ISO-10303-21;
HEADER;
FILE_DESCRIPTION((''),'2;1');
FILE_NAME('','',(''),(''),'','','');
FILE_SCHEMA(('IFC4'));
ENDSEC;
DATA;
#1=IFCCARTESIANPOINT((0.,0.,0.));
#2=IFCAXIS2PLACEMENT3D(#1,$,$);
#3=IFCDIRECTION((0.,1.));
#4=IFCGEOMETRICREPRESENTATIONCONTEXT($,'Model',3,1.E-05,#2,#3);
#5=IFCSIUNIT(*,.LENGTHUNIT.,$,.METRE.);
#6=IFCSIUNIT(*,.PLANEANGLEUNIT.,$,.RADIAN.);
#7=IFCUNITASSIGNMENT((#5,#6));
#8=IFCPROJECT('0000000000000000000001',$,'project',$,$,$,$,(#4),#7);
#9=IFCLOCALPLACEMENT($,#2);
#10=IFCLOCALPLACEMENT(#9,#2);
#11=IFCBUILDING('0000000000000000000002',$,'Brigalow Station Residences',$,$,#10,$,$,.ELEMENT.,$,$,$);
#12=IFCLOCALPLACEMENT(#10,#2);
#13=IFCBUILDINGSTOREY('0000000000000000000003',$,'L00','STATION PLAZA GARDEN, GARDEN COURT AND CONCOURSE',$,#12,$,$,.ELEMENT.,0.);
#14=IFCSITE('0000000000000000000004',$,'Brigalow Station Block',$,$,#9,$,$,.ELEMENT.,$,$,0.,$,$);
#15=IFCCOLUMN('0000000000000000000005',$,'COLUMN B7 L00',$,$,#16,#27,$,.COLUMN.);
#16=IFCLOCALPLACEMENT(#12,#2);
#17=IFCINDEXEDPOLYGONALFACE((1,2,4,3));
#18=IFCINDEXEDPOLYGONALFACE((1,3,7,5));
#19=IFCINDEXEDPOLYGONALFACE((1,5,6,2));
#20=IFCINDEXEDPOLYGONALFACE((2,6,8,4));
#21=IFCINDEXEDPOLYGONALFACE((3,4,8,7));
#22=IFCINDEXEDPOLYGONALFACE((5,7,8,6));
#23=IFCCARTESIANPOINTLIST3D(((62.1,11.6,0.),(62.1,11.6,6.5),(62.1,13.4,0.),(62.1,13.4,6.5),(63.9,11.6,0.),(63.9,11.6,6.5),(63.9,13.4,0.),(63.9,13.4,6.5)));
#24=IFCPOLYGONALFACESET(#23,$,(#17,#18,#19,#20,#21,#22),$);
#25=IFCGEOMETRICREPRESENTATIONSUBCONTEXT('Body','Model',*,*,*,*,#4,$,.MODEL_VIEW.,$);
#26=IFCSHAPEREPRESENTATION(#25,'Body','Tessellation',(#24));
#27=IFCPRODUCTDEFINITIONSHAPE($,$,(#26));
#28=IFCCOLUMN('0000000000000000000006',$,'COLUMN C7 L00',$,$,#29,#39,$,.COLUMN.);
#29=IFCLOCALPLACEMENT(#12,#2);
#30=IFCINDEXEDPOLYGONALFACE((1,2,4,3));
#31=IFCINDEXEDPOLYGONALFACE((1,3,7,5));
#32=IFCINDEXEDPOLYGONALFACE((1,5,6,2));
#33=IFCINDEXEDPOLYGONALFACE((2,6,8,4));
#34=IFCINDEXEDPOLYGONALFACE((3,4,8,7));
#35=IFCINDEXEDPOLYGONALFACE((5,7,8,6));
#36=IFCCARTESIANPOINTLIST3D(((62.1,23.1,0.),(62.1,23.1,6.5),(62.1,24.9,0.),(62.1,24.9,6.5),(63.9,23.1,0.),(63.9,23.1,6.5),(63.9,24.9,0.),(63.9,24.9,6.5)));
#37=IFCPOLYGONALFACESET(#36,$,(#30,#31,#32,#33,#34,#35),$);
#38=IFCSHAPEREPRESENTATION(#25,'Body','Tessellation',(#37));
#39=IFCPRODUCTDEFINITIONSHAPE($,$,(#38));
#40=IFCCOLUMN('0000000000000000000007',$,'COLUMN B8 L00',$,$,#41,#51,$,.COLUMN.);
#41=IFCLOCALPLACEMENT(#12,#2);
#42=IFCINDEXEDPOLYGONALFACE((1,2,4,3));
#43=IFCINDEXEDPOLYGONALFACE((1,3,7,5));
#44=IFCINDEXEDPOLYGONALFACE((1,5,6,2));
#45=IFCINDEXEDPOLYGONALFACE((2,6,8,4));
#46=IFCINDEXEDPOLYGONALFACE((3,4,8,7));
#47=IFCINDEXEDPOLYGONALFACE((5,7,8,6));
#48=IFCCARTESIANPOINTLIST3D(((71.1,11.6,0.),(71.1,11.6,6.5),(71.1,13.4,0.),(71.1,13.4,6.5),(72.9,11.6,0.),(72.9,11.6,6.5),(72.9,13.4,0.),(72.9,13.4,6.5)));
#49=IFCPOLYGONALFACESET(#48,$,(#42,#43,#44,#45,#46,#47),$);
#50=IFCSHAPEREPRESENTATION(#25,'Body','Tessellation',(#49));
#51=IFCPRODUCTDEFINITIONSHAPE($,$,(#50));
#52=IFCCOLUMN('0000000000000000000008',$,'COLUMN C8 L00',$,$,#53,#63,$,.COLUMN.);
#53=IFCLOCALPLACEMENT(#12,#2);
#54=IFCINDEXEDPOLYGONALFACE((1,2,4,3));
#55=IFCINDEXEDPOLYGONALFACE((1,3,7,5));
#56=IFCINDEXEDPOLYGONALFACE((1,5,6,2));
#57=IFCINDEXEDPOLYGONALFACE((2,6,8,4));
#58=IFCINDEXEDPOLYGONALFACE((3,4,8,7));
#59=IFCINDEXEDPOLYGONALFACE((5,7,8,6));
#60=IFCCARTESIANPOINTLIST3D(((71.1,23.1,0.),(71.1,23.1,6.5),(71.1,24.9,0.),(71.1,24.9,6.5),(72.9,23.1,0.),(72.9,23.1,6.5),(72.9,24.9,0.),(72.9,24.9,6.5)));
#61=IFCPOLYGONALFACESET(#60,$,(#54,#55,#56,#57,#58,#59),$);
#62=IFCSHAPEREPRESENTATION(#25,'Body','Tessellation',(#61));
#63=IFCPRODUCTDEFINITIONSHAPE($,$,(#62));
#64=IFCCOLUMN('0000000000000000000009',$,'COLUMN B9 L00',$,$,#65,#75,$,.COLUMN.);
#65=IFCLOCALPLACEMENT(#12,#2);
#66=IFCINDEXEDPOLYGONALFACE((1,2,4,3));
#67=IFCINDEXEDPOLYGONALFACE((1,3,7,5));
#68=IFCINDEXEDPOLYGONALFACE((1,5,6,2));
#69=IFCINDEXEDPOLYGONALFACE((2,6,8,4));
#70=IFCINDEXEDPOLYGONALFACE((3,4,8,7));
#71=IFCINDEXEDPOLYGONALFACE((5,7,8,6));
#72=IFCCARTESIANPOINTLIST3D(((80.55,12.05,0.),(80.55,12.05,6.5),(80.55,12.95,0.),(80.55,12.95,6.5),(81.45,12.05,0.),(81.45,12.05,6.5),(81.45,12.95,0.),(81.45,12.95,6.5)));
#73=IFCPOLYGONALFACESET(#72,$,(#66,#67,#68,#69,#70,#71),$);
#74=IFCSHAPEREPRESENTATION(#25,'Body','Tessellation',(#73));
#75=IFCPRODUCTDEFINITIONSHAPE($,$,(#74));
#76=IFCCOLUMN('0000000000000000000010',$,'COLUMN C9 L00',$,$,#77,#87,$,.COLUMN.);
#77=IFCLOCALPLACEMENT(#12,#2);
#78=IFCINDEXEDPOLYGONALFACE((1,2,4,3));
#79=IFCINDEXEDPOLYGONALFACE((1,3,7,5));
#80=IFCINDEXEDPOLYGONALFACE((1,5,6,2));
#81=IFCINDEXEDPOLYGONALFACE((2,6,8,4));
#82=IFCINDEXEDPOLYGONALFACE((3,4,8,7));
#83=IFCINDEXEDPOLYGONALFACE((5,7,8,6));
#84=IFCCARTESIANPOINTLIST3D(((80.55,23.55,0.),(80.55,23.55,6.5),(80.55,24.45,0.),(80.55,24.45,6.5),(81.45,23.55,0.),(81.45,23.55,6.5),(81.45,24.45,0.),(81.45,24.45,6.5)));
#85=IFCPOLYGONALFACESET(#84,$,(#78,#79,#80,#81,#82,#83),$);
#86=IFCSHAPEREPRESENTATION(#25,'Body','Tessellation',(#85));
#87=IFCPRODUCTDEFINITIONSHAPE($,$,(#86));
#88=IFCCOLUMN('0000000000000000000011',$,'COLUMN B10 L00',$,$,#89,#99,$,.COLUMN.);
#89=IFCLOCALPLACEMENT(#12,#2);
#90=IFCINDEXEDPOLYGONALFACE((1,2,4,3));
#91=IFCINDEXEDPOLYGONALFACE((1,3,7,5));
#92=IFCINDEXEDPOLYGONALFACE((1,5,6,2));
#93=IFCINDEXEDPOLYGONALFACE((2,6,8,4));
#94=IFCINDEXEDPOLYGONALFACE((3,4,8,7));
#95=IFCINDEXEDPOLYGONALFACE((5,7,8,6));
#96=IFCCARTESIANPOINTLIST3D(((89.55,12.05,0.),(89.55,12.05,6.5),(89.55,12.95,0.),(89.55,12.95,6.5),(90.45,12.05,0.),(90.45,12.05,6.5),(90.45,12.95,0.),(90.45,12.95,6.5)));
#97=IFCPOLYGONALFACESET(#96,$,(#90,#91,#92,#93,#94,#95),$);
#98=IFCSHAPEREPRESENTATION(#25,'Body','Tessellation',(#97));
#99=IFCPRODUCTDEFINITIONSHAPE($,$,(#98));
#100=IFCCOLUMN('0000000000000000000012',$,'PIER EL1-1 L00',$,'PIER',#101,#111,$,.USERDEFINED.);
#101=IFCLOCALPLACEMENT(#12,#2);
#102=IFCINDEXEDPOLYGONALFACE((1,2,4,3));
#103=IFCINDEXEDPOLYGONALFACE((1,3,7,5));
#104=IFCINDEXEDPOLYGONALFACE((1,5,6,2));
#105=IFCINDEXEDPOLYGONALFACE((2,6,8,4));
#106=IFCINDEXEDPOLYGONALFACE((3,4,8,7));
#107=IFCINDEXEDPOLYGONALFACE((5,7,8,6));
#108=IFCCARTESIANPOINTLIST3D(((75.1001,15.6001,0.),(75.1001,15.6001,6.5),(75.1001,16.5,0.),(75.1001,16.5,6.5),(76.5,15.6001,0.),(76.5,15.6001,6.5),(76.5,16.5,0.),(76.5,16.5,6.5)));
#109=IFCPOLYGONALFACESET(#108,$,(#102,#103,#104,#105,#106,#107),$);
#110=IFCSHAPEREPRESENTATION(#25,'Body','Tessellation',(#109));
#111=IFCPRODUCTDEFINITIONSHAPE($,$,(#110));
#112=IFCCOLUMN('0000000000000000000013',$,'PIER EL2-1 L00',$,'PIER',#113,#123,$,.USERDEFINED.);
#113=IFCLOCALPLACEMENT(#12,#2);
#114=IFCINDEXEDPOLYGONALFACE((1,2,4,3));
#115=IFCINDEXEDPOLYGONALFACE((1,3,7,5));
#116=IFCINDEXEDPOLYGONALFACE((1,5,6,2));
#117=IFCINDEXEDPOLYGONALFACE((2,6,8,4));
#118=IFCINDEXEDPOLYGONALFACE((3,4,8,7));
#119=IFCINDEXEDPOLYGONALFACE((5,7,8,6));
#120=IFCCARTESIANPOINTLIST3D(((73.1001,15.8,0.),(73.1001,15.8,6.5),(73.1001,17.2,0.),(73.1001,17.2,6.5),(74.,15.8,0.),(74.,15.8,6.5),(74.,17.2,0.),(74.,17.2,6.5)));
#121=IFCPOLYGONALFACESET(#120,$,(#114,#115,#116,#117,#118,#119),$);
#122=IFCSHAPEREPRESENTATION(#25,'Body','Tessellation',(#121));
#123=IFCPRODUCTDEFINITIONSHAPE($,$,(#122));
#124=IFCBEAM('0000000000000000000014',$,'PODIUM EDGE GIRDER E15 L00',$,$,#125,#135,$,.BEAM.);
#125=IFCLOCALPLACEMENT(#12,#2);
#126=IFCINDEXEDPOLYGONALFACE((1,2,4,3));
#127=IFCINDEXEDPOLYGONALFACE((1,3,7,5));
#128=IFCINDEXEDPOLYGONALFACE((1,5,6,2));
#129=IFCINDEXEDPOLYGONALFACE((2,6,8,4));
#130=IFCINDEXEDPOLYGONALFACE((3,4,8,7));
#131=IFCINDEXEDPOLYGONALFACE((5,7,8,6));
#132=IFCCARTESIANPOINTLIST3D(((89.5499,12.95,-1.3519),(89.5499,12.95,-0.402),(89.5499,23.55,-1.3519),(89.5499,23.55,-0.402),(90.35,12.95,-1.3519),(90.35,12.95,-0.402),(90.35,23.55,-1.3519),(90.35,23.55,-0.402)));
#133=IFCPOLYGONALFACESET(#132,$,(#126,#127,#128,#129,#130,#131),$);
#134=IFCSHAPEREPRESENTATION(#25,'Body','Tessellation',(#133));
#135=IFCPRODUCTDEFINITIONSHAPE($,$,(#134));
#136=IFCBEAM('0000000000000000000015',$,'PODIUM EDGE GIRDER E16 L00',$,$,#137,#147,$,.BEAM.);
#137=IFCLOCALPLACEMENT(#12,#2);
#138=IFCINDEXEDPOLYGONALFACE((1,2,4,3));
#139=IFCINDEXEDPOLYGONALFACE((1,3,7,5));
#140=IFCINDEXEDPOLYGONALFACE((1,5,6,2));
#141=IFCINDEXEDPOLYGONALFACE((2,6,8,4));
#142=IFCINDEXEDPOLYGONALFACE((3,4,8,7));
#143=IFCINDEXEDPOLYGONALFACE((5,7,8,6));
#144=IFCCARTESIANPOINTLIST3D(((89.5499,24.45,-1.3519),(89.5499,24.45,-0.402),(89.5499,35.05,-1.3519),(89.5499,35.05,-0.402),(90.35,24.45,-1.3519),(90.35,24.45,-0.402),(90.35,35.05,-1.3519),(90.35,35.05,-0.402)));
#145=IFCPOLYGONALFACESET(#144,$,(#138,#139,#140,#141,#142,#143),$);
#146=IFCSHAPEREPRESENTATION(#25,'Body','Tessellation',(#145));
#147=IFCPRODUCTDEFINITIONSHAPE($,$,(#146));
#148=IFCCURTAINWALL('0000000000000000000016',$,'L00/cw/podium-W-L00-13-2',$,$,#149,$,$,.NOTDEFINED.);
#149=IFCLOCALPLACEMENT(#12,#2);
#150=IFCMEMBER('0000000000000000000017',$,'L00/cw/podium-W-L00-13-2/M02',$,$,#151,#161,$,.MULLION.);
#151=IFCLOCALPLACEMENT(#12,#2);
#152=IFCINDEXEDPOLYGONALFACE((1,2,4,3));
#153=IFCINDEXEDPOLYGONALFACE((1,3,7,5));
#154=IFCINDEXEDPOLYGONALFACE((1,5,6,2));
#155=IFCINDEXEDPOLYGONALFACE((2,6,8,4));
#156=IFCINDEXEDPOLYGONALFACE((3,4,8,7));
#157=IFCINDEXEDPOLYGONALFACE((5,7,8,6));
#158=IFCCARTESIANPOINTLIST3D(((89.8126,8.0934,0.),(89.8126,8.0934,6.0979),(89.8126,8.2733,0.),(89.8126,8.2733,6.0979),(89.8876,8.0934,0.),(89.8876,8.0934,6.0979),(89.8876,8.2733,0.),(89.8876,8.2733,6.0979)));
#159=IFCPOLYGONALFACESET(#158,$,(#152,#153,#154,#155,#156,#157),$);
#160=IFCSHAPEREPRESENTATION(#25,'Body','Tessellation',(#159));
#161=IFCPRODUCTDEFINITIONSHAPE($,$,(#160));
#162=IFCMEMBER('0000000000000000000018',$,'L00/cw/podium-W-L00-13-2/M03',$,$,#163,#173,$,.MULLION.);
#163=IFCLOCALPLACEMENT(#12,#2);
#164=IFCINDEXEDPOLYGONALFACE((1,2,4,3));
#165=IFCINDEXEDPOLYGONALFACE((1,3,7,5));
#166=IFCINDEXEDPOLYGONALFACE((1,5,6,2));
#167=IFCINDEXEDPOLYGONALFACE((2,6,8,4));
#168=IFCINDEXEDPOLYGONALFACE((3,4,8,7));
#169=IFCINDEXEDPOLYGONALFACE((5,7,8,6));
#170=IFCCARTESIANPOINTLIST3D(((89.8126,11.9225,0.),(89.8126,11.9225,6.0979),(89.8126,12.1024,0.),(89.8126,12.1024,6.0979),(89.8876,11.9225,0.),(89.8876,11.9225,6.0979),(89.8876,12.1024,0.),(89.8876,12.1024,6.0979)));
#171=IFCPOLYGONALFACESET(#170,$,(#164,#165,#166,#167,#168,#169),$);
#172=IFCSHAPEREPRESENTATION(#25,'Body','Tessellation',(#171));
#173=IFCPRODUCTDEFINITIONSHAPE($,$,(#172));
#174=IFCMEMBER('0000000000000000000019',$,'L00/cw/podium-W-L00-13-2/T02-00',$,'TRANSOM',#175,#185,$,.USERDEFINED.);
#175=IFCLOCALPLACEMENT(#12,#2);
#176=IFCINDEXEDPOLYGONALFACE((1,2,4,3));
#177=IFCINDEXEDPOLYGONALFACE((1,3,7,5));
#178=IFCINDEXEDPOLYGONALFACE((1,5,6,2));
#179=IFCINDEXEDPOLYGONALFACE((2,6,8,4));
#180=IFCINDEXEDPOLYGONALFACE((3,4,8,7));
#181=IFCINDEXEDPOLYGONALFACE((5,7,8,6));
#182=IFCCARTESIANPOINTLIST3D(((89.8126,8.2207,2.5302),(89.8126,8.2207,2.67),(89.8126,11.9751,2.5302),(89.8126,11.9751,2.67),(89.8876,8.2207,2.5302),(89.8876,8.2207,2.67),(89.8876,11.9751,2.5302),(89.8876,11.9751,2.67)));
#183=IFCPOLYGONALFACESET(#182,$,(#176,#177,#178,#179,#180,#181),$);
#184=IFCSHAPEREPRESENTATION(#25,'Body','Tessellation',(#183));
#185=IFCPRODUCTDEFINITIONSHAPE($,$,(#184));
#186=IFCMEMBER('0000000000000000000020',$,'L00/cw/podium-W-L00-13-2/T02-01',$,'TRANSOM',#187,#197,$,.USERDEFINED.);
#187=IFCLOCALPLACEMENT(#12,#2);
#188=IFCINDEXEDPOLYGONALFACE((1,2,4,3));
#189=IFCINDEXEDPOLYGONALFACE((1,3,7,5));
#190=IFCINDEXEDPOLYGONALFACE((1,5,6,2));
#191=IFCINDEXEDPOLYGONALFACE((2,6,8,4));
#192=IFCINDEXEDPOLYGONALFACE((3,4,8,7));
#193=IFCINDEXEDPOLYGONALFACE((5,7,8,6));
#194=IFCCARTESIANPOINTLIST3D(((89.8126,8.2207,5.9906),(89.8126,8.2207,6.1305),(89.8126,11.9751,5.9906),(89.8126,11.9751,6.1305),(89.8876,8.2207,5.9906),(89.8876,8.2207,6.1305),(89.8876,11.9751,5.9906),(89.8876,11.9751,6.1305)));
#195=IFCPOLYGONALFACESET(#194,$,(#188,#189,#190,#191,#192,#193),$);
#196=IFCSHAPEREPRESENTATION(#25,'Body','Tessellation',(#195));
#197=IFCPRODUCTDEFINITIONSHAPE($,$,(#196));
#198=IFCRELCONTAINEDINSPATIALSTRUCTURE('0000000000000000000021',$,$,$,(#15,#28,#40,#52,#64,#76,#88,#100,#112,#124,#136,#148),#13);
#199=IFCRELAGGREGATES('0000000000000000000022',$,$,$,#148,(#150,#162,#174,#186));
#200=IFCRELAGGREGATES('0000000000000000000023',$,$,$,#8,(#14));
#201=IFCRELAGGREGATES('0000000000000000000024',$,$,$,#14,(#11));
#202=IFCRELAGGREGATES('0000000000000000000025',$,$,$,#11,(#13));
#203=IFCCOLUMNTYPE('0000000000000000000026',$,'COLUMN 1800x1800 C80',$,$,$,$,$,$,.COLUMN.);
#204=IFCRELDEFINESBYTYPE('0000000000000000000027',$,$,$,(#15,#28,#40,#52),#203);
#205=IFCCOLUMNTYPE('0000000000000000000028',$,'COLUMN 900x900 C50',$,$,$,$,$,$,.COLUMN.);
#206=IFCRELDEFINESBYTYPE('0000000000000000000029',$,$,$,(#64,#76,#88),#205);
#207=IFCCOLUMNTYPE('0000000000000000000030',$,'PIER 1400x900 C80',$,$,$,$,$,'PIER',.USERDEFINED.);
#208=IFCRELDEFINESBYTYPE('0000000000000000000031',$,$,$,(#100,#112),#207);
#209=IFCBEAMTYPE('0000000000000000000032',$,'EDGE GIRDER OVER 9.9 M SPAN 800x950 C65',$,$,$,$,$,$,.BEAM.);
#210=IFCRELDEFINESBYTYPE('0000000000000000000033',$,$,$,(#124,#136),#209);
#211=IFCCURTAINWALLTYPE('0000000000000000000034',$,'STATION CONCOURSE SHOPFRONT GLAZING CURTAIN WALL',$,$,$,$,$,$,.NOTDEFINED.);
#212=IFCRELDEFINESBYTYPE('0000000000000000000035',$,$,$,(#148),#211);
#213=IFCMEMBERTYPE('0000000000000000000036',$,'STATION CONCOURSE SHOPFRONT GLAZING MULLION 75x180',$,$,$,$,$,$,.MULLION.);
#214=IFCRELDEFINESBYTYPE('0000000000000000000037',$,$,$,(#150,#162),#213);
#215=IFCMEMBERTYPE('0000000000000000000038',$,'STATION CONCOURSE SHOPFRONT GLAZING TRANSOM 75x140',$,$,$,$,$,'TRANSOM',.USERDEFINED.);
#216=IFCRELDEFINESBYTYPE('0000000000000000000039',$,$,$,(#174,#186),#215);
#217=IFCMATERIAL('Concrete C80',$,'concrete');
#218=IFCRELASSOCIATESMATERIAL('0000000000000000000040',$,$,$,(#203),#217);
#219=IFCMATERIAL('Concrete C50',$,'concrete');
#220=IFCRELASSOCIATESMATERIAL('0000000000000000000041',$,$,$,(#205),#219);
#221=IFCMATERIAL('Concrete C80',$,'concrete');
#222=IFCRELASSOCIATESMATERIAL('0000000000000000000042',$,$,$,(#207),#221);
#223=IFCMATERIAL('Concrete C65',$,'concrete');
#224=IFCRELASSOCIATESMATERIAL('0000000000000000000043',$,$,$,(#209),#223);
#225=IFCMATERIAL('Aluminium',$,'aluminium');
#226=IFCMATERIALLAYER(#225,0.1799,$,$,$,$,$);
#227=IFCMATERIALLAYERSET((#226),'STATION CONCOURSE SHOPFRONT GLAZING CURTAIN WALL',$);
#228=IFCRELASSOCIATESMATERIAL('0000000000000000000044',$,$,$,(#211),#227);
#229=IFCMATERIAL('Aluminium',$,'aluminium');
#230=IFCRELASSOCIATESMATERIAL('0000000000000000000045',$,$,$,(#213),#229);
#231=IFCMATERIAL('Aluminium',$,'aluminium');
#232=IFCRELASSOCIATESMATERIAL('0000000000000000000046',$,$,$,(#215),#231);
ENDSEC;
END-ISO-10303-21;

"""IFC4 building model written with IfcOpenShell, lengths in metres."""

from ifc_helpers import new_model, si_unit, direction, frame, origin, origin_2d, place, context, subcontext, project, spatial, rectangle, extrude, material, layer, layer_set, material_profile, profile_set, type_object, element, aggregate, save


model = new_model("IFC4")

# Units and contexts
model_context = context("Model", 3, precision=1e-05, world=origin(), true_north=direction((0.0, 1.0)))
body_context = subcontext(model_context, "Body", "Model", "MODEL_VIEW")
ifc_project = project(units=[si_unit("LENGTHUNIT", "METRE"), si_unit("PLANEANGLEUNIT", "RADIAN")], contexts=[model_context])

# Site, building, storey
site_placement = place(None, origin())
site = spatial("IfcSite", under=ifc_project, at=site_placement, Name="Brigalow Station Block", CompositionType="ELEMENT", RefElevation=0.0)
building_placement = place(site_placement, origin())
building = spatial("IfcBuilding", under=site, at=building_placement, Name="Brigalow Station Residences", CompositionType="ELEMENT")
storey_placement = place(building_placement, origin())
storey = spatial("IfcBuildingStorey", under=building, at=storey_placement, Name="L00", Description="STATION PLAZA GARDEN, GARDEN COURT AND CONCOURSE", CompositionType="ELEMENT", Elevation=0.0)

# Columns
ifc_material_1 = material(Name="Concrete C80", Category="concrete")
ifc_material_profile_1 = material_profile(ifc_material_1, rectangle(XDim=1.8, YDim=1.8, at=origin_2d()), Name="RC1800x1800")
ifc_profile_set_1 = profile_set([ifc_material_profile_1], Name="Concrete C80")
column_type_1 = type_object("IfcColumnType", Name="COLUMN 1800x1800 C80", PredefinedType="COLUMN", material=ifc_profile_set_1)
for number, where, z_axis, x_axis, name in (
    (1, (63.0, 12.5, 0.0), (0.0, 0.0, 1.0), (1.0, 0.0, 0.0), "COLUMN B7 L00"),
    (2, (63.0, 24.0, 0.0), (0.0, 0.0, 1.0), (1.0, 0.0, 0.0), "COLUMN C7 L00"),
    (3, (72.0, 12.5, 0.0), (0.0, 0.0, 1.0), (1.0, 0.0, 0.0), "COLUMN B8 L00"),
    (4, (72.0, 24.0, 0.0), (0.0, 0.0, 1.0), (1.0, 0.0, 0.0), "COLUMN C8 L00"),
):
    element("IfcColumn", number, at=place(storey_placement, frame(where, z_axis=z_axis, x_axis=x_axis)), inside=storey, type_object=column_type_1, Name=name, PredefinedType="COLUMN", context=body_context, shape_type="SweptSolid", body=[
        extrude(rectangle(XDim=1.8, YDim=1.8, at=origin_2d()), origin(), (0.0, 0.0, 1.0), 6.5),
    ])
ifc_material_2 = material(Name="Concrete C50", Category="concrete")
ifc_material_profile_2 = material_profile(ifc_material_2, rectangle(XDim=0.8999, YDim=0.8999, at=origin_2d()), Name="RC900x900")
ifc_profile_set_2 = profile_set([ifc_material_profile_2], Name="Concrete C50")
column_type_2 = type_object("IfcColumnType", Name="COLUMN 900x900 C50", PredefinedType="COLUMN", material=ifc_profile_set_2)
for number, where, z_axis, x_axis, name in (
    (5, (81.0, 12.5, 0.0), (0.0, 0.0, 1.0), (1.0, 0.0, 0.0), "COLUMN B9 L00"),
    (6, (81.0, 24.0, 0.0), (0.0, 0.0, 1.0), (1.0, 0.0, 0.0), "COLUMN C9 L00"),
    (7, (90.0, 12.5, 0.0), (0.0, 0.0, 1.0), (1.0, 0.0, 0.0), "COLUMN B10 L00"),
):
    element("IfcColumn", number, at=place(storey_placement, frame(where, z_axis=z_axis, x_axis=x_axis)), inside=storey, type_object=column_type_2, Name=name, PredefinedType="COLUMN", context=body_context, shape_type="SweptSolid", body=[
        extrude(rectangle(XDim=0.8999, YDim=0.8999, at=origin_2d()), origin(), (0.0, 0.0, 1.0), 6.5),
    ])
ifc_material_3 = material(Name="Concrete C80", Category="concrete")
ifc_material_profile_3 = material_profile(ifc_material_3, rectangle(XDim=1.3999, YDim=0.8999, at=origin_2d()), Name="RC1400x900")
ifc_profile_set_3 = profile_set([ifc_material_profile_3], Name="Concrete C80")
column_type_3 = type_object("IfcColumnType", Name="PIER 1400x900 C80", ElementType="PIER", PredefinedType="USERDEFINED", material=ifc_profile_set_3)
for number, where, z_axis, x_axis, name in (
    (8, (75.8, 16.05, 0.0), (0.0, 0.0, 1.0), (-1.0, 0.0, 0.0), "PIER EL1-1 L00"),
    (9, (73.55, 16.5, 0.0), (0.0, 0.0, 1.0), (0.0, 1.0, 0.0), "PIER EL2-1 L00"),
):
    element("IfcColumn", number, at=place(storey_placement, frame(where, z_axis=z_axis, x_axis=x_axis)), inside=storey, type_object=column_type_3, Name=name, ObjectType="PIER", PredefinedType="USERDEFINED", context=body_context, shape_type="SweptSolid", body=[
        extrude(rectangle(XDim=1.3999, YDim=0.8999, at=origin_2d()), origin(), (0.0, 0.0, 1.0), 6.5),
    ])

# Beams
ifc_material_4 = material(Name="Concrete C65", Category="concrete")
ifc_material_profile_4 = material_profile(ifc_material_4, rectangle(XDim=0.8, YDim=0.95, at=origin_2d()), Name="RC800x950")
ifc_profile_set_4 = profile_set([ifc_material_profile_4], Name="Concrete C65")
beam_type = type_object("IfcBeamType", Name="EDGE GIRDER OVER 9.9 M SPAN 800x950 C65", PredefinedType="BEAM", material=ifc_profile_set_4)
for number, where, z_axis, x_axis, name in (
    (10, (89.95, 12.95, -0.877), (0.0, 1.0, 0.0), (-1.0, 0.0, 0.0), "PODIUM EDGE GIRDER E15 L00"),
    (11, (89.95, 24.45, -0.877), (0.0, 1.0, 0.0), (-1.0, 0.0, 0.0), "PODIUM EDGE GIRDER E16 L00"),
):
    element("IfcBeam", number, at=place(storey_placement, frame(where, z_axis=z_axis, x_axis=x_axis)), inside=storey, type_object=beam_type, Name=name, PredefinedType="BEAM", context=body_context, shape_type="SweptSolid", body=[
        extrude(rectangle(XDim=0.8, YDim=0.95, at=origin_2d()), origin(), (0.0, 0.0, 1.0), 10.6001),
    ])

# Curtain wall, members
ifc_material_5 = material(Name="Aluminium", Category="aluminium")
ifc_layer_1 = layer(ifc_material_5, 0.1799)
ifc_layer_set_1 = layer_set([ifc_layer_1], Name="STATION CONCOURSE SHOPFRONT GLAZING CURTAIN WALL")
curtain_wall_type = type_object("IfcCurtainWallType", Name="STATION CONCOURSE SHOPFRONT GLAZING CURTAIN WALL", PredefinedType="NOTDEFINED", material=ifc_layer_set_1)
curtain_wall_placement = place(storey_placement, origin())
curtain_wall = element("IfcCurtainWall", 12, at=curtain_wall_placement, inside=storey, type_object=curtain_wall_type, Name="L00/cw/podium-W-L00-13-2", PredefinedType="NOTDEFINED")
ifc_material_6 = material(Name="Aluminium", Category="aluminium")
ifc_material_profile_5 = material_profile(ifc_material_6, rectangle(XDim=0.075, YDim=0.1799, at=origin_2d()), Name="STATION CONCOURSE SHOPFRONT GLAZING MULLION 75x180")
ifc_profile_set_5 = profile_set([ifc_material_profile_5], Name="Aluminium")
member_type_1 = type_object("IfcMemberType", Name="STATION CONCOURSE SHOPFRONT GLAZING MULLION 75x180", PredefinedType="MULLION", material=ifc_profile_set_5)
member_1_placement = place(storey_placement, frame((89.8501, 8.1833, 0.0), z_axis=(0.0, 0.0, 1.0), x_axis=(-1.0, 0.0, 0.0)))
member_1 = element("IfcMember", 13, at=member_1_placement, type_object=member_type_1, Name="L00/cw/podium-W-L00-13-2/M02", PredefinedType="MULLION", context=body_context, shape_type="SweptSolid", body=[
    extrude(rectangle(XDim=0.075, YDim=0.1799, at=origin_2d()), origin(), (0.0, 0.0, 1.0), 6.0979),
])
member_2_placement = place(storey_placement, frame((89.8501, 12.0125, 0.0), z_axis=(0.0, 0.0, 1.0), x_axis=(-1.0, 0.0, 0.0)))
member_2 = element("IfcMember", 14, at=member_2_placement, type_object=member_type_1, Name="L00/cw/podium-W-L00-13-2/M03", PredefinedType="MULLION", context=body_context, shape_type="SweptSolid", body=[
    extrude(rectangle(XDim=0.075, YDim=0.1799, at=origin_2d()), origin(), (0.0, 0.0, 1.0), 6.0979),
])
ifc_material_7 = material(Name="Aluminium", Category="aluminium")
ifc_material_profile_6 = material_profile(ifc_material_7, rectangle(XDim=0.075, YDim=0.1399, at=origin_2d()), Name="STATION CONCOURSE SHOPFRONT GLAZING TRANSOM 75x140")
ifc_profile_set_6 = profile_set([ifc_material_profile_6], Name="Aluminium")
member_type_2 = type_object("IfcMemberType", Name="STATION CONCOURSE SHOPFRONT GLAZING TRANSOM 75x140", ElementType="TRANSOM", PredefinedType="USERDEFINED", material=ifc_profile_set_6)
member_3_placement = place(storey_placement, frame((89.8501, 8.2207, 2.6001), z_axis=(0.0, 1.0, 0.0), x_axis=(-1.0, 0.0, 0.0)))
member_3 = element("IfcMember", 15, at=member_3_placement, type_object=member_type_2, Name="L00/cw/podium-W-L00-13-2/T02-00", ObjectType="TRANSOM", PredefinedType="USERDEFINED", context=body_context, shape_type="SweptSolid", body=[
    extrude(rectangle(XDim=0.075, YDim=0.1399, at=origin_2d()), origin(), (0.0, 0.0, 1.0), 3.7544),
])
member_4_placement = place(storey_placement, frame((89.8501, 8.2207, 6.0605), z_axis=(0.0, 1.0, 0.0), x_axis=(-1.0, 0.0, 0.0)))
member_4 = element("IfcMember", 16, at=member_4_placement, type_object=member_type_2, Name="L00/cw/podium-W-L00-13-2/T02-01", ObjectType="TRANSOM", PredefinedType="USERDEFINED", context=body_context, shape_type="SweptSolid", body=[
    extrude(rectangle(XDim=0.075, YDim=0.1399, at=origin_2d()), origin(), (0.0, 0.0, 1.0), 3.7544),
])
aggregate(curtain_wall, [member_1, member_2, member_3, member_4])

save(model, "model.ifc")
